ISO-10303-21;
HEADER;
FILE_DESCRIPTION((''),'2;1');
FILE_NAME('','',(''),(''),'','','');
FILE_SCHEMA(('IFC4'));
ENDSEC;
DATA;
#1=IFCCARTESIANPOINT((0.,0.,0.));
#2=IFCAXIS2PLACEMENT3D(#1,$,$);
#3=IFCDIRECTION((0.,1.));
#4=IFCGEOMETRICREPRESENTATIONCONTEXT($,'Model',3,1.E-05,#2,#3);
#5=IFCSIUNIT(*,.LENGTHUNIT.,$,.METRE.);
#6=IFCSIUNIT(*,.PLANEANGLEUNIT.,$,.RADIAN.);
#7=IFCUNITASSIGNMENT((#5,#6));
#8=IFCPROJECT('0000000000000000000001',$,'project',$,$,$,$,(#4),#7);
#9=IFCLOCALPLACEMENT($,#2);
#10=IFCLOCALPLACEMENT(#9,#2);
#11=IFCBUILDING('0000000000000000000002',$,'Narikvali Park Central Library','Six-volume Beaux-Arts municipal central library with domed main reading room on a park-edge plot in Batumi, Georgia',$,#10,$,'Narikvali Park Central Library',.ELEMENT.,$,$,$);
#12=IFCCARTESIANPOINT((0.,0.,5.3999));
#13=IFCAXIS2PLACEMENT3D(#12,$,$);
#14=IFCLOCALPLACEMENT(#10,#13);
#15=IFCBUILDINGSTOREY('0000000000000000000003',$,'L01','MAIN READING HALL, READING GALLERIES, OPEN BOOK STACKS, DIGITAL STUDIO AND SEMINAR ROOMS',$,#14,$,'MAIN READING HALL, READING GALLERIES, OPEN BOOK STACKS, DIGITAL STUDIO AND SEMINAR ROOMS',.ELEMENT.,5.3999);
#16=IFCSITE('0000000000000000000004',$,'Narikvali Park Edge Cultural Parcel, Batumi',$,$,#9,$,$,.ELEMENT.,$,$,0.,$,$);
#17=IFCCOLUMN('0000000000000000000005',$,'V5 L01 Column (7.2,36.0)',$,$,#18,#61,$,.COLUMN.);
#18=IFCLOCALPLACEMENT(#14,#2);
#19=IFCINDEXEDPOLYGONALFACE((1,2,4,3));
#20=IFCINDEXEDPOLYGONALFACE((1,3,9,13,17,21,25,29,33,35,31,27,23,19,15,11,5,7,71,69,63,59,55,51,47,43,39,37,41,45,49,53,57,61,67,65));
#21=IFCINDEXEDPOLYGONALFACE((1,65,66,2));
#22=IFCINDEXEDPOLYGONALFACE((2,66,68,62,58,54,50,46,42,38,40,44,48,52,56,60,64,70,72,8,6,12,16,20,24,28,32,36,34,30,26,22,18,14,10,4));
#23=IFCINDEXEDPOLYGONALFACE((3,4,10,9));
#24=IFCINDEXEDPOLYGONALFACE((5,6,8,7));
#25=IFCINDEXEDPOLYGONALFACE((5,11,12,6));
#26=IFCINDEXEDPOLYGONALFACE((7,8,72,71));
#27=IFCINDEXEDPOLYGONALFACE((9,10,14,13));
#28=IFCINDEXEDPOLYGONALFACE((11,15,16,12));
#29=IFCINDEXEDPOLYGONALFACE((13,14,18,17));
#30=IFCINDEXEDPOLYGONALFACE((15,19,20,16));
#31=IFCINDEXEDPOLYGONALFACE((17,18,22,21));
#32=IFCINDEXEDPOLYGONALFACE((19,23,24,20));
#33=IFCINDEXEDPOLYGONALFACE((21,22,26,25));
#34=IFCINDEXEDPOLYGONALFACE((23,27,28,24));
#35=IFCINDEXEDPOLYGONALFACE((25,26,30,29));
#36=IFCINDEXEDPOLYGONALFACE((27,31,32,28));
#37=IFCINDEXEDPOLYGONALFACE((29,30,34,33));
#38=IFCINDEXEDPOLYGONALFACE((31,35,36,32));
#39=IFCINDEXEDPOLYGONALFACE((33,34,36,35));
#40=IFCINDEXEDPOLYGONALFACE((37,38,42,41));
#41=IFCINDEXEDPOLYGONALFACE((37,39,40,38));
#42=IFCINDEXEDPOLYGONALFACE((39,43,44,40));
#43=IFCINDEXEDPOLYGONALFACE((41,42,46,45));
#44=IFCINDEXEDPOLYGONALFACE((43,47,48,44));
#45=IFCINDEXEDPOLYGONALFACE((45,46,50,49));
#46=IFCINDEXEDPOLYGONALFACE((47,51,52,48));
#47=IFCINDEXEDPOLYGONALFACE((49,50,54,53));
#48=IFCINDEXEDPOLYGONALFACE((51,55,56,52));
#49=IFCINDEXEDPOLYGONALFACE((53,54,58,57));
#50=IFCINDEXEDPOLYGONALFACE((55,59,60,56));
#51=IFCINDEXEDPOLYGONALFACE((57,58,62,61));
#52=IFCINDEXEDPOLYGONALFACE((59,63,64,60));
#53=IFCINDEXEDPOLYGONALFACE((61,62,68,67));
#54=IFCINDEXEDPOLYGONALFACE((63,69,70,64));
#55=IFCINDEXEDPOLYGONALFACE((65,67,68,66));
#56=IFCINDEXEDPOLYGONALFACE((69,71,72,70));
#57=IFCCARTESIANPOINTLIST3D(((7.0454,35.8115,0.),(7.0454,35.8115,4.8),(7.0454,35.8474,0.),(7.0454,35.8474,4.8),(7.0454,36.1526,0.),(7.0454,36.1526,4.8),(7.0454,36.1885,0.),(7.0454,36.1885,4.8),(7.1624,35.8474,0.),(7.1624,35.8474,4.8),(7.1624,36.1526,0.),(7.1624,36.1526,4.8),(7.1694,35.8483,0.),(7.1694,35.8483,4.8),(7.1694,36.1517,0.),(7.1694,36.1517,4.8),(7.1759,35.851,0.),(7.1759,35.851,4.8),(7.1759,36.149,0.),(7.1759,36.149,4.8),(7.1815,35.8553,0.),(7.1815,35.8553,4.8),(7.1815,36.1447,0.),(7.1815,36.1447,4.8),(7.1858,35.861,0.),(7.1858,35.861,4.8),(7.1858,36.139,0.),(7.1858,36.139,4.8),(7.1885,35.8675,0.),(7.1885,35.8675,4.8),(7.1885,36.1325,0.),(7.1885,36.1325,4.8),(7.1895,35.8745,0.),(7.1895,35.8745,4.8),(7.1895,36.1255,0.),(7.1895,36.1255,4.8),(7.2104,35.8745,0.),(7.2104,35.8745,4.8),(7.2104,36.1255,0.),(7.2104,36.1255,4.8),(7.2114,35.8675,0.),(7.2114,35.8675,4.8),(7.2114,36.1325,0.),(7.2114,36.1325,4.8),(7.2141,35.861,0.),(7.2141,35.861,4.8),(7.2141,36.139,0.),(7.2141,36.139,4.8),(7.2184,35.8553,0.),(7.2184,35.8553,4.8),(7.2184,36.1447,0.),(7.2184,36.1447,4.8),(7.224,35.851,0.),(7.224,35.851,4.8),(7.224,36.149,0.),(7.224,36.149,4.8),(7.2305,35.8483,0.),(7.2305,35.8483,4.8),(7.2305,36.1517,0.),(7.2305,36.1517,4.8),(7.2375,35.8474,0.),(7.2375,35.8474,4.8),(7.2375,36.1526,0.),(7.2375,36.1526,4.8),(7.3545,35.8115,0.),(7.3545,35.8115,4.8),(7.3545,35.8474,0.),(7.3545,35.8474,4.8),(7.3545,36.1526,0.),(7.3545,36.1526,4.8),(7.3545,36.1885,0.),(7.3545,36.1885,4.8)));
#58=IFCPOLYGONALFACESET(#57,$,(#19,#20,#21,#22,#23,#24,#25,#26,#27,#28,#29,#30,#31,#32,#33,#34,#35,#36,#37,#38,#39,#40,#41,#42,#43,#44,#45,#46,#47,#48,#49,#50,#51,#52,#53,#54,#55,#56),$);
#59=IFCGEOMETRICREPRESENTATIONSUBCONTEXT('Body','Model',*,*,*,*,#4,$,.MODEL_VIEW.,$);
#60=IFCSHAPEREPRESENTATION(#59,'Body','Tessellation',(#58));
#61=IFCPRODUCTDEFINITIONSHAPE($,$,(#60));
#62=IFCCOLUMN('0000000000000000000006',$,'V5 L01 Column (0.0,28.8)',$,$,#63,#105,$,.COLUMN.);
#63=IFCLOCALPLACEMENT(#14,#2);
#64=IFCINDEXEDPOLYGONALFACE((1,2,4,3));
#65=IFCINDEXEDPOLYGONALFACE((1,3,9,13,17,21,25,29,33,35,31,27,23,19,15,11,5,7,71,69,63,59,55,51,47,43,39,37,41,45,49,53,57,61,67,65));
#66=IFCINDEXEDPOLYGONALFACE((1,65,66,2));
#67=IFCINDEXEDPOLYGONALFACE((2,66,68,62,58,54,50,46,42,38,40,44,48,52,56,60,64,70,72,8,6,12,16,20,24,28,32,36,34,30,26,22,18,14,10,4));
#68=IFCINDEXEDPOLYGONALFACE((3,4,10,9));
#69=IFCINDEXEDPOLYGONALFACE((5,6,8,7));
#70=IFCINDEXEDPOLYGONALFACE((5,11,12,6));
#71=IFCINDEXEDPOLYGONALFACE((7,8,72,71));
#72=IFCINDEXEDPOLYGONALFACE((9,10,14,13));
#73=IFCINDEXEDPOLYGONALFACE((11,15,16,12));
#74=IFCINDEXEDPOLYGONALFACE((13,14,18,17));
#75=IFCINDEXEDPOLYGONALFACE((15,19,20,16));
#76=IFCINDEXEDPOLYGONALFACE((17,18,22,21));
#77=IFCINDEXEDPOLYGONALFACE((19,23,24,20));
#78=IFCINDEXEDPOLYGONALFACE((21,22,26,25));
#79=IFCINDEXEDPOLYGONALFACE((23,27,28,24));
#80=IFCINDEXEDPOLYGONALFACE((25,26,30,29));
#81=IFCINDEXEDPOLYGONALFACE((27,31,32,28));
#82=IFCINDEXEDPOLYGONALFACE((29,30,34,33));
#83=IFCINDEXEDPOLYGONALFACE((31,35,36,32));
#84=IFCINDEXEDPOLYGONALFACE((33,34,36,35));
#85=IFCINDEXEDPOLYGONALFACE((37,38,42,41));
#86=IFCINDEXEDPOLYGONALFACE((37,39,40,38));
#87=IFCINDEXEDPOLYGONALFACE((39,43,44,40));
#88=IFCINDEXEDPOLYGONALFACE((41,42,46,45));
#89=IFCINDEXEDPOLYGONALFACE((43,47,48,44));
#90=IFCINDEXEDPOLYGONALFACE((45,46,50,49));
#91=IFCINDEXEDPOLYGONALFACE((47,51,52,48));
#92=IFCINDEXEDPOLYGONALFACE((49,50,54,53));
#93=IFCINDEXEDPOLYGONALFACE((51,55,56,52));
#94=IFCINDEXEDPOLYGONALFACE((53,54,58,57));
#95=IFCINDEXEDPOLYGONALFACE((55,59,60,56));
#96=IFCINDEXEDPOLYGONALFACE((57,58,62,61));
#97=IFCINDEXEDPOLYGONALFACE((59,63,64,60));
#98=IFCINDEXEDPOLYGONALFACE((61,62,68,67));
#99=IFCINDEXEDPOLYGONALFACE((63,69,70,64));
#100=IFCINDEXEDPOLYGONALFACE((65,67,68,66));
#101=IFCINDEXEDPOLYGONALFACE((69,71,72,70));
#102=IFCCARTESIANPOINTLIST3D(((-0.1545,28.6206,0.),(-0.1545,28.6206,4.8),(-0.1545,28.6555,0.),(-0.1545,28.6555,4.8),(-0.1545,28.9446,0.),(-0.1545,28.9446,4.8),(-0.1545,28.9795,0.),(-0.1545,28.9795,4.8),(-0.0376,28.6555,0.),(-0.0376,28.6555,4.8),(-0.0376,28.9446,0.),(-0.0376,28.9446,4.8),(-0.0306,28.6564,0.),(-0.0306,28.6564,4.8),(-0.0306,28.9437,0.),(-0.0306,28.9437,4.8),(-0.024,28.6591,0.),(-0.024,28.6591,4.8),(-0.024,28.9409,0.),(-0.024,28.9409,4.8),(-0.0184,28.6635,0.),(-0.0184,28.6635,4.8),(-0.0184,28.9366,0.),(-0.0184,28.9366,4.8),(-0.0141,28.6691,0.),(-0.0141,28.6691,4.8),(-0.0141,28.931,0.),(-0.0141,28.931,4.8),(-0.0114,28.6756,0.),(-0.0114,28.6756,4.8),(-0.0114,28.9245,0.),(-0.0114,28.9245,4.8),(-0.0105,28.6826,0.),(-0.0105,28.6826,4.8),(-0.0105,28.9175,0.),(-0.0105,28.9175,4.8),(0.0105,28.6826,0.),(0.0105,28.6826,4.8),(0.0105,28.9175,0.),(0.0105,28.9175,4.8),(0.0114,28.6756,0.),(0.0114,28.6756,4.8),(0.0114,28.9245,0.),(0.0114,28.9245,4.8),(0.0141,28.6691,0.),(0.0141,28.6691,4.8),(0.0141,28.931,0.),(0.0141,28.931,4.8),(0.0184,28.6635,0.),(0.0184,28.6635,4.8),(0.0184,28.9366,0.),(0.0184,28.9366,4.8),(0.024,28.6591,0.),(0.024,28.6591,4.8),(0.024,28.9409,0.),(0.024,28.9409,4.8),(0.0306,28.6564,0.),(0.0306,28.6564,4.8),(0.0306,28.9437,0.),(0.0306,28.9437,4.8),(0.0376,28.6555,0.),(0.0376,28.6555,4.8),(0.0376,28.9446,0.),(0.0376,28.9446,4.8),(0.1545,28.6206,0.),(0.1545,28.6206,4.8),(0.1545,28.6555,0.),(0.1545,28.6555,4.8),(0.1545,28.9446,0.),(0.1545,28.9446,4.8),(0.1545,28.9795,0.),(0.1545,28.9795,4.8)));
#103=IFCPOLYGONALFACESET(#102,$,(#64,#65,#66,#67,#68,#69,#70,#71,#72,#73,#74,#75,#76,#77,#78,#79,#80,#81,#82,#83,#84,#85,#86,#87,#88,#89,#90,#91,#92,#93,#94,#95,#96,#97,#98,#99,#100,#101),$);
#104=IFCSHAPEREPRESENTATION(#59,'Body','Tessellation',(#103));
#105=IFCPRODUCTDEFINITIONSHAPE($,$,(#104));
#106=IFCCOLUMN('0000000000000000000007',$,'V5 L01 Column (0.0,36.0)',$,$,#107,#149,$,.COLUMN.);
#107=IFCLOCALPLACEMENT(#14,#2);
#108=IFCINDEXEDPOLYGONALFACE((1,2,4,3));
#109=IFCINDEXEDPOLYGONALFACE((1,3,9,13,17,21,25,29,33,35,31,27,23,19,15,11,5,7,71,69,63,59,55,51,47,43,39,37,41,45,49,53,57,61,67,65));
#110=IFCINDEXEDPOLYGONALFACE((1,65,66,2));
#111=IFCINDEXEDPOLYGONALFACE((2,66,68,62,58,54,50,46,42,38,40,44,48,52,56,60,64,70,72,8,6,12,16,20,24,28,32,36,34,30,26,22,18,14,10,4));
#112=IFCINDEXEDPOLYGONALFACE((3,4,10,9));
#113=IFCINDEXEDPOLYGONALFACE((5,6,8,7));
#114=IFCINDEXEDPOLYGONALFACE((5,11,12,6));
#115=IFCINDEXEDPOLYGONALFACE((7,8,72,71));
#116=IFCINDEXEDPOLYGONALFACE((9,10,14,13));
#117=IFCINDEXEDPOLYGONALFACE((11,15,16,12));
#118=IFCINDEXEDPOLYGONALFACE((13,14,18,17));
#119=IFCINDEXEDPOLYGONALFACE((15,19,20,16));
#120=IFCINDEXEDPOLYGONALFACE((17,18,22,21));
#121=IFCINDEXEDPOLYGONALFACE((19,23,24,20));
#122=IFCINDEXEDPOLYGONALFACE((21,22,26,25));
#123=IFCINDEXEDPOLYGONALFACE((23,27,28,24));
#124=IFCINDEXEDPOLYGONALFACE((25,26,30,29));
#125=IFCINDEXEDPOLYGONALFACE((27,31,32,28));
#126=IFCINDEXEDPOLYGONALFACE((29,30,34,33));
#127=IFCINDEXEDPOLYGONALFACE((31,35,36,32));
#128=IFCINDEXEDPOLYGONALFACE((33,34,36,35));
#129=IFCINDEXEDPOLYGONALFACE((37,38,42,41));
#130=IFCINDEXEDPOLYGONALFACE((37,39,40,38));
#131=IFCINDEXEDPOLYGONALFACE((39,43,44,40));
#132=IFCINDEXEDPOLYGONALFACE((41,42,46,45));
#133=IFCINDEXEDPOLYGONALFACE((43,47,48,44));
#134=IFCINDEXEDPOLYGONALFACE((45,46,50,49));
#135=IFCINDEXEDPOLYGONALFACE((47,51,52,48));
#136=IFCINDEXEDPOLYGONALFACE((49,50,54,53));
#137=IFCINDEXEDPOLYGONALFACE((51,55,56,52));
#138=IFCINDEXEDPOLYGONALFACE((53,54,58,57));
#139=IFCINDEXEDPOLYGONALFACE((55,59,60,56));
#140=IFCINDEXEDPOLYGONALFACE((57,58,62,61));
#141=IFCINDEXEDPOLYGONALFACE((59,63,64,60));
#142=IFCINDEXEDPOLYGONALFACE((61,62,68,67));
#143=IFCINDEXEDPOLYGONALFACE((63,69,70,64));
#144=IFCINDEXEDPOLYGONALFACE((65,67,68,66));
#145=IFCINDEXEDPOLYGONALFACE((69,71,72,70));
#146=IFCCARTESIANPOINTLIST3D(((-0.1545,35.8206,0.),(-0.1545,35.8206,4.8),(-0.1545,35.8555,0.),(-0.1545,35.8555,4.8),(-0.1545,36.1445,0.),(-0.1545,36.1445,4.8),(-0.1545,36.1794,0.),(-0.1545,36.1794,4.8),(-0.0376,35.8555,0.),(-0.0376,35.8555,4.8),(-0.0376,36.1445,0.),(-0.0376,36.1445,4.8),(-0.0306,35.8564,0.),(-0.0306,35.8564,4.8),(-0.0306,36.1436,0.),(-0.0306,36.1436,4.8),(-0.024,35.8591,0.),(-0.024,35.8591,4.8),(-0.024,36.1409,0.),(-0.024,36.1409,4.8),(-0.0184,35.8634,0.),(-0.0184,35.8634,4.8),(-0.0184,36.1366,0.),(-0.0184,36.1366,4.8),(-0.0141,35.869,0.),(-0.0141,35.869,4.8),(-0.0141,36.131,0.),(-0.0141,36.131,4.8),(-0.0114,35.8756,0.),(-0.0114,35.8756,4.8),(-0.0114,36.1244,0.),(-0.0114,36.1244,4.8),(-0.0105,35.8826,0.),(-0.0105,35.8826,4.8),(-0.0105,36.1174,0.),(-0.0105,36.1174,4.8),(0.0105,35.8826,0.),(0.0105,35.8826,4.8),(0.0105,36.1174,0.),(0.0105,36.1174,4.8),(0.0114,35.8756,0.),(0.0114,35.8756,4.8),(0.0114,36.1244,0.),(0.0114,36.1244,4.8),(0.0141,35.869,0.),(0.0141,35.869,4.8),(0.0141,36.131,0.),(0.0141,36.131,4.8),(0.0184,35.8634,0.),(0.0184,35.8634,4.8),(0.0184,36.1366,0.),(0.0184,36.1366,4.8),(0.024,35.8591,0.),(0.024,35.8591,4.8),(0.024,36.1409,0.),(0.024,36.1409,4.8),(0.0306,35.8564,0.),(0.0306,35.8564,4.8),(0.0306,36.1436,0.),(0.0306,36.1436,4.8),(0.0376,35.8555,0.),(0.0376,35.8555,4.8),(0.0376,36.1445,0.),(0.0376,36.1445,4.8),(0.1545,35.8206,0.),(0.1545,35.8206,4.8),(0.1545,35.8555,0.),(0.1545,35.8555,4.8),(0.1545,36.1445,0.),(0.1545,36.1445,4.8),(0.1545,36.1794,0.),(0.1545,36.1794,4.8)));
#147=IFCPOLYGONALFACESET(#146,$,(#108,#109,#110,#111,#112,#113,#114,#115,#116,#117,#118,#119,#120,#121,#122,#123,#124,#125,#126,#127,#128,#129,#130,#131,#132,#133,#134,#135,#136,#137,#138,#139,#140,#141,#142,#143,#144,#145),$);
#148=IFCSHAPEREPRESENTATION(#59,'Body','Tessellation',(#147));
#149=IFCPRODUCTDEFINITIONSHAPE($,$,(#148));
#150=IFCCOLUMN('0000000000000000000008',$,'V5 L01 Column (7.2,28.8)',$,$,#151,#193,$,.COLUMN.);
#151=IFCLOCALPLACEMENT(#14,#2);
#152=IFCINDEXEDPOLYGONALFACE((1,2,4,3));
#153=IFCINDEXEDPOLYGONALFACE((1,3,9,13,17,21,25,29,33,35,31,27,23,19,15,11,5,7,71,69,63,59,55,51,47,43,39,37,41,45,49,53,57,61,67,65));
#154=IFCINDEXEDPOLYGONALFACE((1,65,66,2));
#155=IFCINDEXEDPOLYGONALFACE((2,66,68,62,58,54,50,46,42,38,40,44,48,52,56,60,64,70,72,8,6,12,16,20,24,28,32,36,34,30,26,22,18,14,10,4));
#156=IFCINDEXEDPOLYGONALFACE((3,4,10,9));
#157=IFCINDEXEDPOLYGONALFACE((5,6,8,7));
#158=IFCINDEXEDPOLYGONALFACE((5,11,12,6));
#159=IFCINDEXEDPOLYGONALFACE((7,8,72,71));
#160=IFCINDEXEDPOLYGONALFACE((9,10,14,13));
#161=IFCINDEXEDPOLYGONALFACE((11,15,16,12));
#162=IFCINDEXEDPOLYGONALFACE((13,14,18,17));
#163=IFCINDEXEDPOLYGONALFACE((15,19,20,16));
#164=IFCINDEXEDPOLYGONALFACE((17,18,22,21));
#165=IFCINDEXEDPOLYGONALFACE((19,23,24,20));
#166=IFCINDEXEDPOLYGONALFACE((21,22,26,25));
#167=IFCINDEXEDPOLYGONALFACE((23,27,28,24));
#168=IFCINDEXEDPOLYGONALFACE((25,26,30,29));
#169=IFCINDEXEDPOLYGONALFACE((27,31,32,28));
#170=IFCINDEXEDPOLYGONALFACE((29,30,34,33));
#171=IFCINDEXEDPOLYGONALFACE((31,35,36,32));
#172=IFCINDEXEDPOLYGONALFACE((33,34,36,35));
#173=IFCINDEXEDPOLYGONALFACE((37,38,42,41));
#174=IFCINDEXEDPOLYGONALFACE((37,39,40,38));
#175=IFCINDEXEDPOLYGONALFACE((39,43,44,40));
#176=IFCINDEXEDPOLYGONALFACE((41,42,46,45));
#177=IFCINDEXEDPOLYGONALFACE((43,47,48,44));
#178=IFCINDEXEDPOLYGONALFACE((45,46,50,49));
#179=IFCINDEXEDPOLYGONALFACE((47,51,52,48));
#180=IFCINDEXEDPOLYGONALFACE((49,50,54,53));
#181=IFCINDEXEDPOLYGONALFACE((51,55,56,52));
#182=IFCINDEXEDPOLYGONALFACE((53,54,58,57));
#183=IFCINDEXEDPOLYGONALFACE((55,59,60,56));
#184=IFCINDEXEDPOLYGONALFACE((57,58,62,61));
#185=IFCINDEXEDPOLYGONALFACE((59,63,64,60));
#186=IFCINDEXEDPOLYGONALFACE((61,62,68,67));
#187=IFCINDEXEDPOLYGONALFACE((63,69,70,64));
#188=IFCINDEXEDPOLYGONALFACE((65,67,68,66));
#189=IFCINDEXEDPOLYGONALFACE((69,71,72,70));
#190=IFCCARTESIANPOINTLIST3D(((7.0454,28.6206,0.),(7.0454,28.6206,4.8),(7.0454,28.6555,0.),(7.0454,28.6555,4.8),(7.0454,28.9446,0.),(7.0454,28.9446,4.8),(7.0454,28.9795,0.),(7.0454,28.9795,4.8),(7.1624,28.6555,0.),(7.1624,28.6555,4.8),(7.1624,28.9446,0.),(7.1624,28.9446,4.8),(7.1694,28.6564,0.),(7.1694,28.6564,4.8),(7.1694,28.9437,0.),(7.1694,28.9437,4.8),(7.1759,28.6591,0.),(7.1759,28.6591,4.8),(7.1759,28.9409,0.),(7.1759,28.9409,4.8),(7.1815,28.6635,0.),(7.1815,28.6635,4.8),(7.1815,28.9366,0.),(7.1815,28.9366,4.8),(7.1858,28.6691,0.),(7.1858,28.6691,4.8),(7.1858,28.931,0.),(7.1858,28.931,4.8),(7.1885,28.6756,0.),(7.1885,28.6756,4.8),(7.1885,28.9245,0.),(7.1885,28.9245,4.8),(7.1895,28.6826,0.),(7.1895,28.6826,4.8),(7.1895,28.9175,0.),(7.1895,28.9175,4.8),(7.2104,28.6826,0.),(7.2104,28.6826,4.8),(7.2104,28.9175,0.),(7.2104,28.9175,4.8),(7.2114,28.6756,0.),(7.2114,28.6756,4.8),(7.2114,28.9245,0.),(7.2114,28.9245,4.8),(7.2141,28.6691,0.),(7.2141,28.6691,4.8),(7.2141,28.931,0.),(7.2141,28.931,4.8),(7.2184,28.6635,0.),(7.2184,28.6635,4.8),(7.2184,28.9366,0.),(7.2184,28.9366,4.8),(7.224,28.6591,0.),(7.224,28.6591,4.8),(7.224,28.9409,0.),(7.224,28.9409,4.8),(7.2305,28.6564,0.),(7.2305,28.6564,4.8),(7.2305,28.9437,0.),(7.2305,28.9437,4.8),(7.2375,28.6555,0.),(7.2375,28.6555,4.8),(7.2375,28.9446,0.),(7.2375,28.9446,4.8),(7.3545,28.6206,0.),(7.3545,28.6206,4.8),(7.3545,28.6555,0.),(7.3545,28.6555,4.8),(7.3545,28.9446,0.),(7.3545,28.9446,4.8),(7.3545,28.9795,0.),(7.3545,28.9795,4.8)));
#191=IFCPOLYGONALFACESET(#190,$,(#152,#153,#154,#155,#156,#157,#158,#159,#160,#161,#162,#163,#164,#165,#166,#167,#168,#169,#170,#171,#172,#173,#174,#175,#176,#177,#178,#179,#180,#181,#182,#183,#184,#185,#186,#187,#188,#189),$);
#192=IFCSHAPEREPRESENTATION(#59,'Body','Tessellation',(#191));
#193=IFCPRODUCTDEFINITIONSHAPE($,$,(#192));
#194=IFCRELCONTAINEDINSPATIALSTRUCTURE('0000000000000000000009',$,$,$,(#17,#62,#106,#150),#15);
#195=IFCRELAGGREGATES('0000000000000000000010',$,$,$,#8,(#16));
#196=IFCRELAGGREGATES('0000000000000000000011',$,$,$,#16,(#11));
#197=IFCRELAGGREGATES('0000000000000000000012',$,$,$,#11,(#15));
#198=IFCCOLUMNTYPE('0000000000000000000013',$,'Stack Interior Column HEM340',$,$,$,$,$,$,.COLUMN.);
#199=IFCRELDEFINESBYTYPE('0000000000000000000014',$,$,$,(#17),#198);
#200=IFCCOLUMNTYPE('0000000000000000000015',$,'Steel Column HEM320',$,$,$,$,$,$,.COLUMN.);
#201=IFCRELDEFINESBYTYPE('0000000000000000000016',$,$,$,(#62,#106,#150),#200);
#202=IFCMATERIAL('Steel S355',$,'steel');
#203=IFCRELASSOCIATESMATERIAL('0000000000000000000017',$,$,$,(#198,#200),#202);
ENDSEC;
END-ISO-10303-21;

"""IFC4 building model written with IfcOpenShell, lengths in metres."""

from ifc_helpers import new_model, si_unit, direction, frame, origin, origin_2d, place, context, subcontext, project, spatial, i_section, extrude, material, material_profile, profile_set, type_object, element, save


model = new_model("IFC4")

# Units and contexts
model_context = context("Model", 3, precision=1e-05, world=origin(), true_north=direction((0.0, 1.0)))
body_context = subcontext(model_context, "Body", "Model", "MODEL_VIEW")
ifc_project = project(units=[si_unit("LENGTHUNIT", "METRE"), si_unit("PLANEANGLEUNIT", "RADIAN")], contexts=[model_context])

# Site, building, storey
site_placement = place(None, origin())
site = spatial("IfcSite", under=ifc_project, at=site_placement, Name="Narikvali Park Edge Cultural Parcel, Batumi", CompositionType="ELEMENT", RefElevation=0.0)
building_placement = place(site_placement, origin())
building = spatial("IfcBuilding", under=site, at=building_placement, Name="Narikvali Park Central Library", Description="Six-volume Beaux-Arts municipal central library with domed main reading room on a park-edge plot in Batumi, Georgia", LongName="Narikvali Park Central Library", CompositionType="ELEMENT")
storey_placement = place(building_placement, frame((0.0, 0.0, 5.3999)))
storey = spatial("IfcBuildingStorey", under=building, at=storey_placement, Name="L01", Description="MAIN READING HALL, READING GALLERIES, OPEN BOOK STACKS, DIGITAL STUDIO AND SEMINAR ROOMS", LongName="MAIN READING HALL, READING GALLERIES, OPEN BOOK STACKS, DIGITAL STUDIO AND SEMINAR ROOMS", CompositionType="ELEMENT", Elevation=5.3999)

# Columns
ifc_material_1 = material(Name="Steel S355", Category="steel")
ifc_material_profile_1 = material_profile(ifc_material_1, i_section(OverallWidth=0.3091, OverallDepth=0.377, WebThickness=0.021, FlangeThickness=0.0359, FilletRadius=0.0271, at=origin_2d()), Name="HEM 340")
ifc_profile_set_1 = profile_set([ifc_material_profile_1], Name="Steel S355")
column_type_1 = type_object("IfcColumnType", Name="Stack Interior Column HEM340", PredefinedType="COLUMN", material=ifc_profile_set_1)
column_placement = place(storey_placement, frame((7.2, 36.0, 0.0), z_axis=(0.0, 0.0, 1.0), x_axis=(1.0, 0.0, 0.0)))
element("IfcColumn", 1, at=column_placement, inside=storey, type_object=column_type_1, Name="V5 L01 Column (7.2,36.0)", PredefinedType="COLUMN", context=body_context, shape_type="SweptSolid", body=[
    extrude(i_section(OverallWidth=0.3091, OverallDepth=0.377, WebThickness=0.021, FlangeThickness=0.0359, FilletRadius=0.0271, at=origin_2d()), origin(), (0.0, 0.0, 1.0), 4.8),
])
ifc_material_profile_2 = material_profile(ifc_material_1, i_section(OverallWidth=0.3091, OverallDepth=0.3589, WebThickness=0.021, FlangeThickness=0.0349, FilletRadius=0.0271, at=origin_2d()), Name="HEM 320")
ifc_profile_set_2 = profile_set([ifc_material_profile_2], Name="Steel S355")
column_type_2 = type_object("IfcColumnType", Name="Steel Column HEM320", PredefinedType="COLUMN", material=ifc_profile_set_2)
for number, where, z_axis, x_axis, name in (
    (2, (0.0, 28.8, 0.0), (0.0, 0.0, 1.0), (1.0, 0.0, 0.0), "V5 L01 Column (0.0,28.8)"),
    (3, (0.0, 36.0, 0.0), (0.0, 0.0, 1.0), (1.0, 0.0, 0.0), "V5 L01 Column (0.0,36.0)"),
    (4, (7.2, 28.8, 0.0), (0.0, 0.0, 1.0), (1.0, 0.0, 0.0), "V5 L01 Column (7.2,28.8)"),
):
    element("IfcColumn", number, at=place(storey_placement, frame(where, z_axis=z_axis, x_axis=x_axis)), inside=storey, type_object=column_type_2, Name=name, PredefinedType="COLUMN", context=body_context, shape_type="SweptSolid", body=[
        extrude(i_section(OverallWidth=0.3091, OverallDepth=0.3589, WebThickness=0.021, FlangeThickness=0.0349, FilletRadius=0.0271, at=origin_2d()), origin(), (0.0, 0.0, 1.0), 4.8),
    ])

save(model, "model.ifc")
